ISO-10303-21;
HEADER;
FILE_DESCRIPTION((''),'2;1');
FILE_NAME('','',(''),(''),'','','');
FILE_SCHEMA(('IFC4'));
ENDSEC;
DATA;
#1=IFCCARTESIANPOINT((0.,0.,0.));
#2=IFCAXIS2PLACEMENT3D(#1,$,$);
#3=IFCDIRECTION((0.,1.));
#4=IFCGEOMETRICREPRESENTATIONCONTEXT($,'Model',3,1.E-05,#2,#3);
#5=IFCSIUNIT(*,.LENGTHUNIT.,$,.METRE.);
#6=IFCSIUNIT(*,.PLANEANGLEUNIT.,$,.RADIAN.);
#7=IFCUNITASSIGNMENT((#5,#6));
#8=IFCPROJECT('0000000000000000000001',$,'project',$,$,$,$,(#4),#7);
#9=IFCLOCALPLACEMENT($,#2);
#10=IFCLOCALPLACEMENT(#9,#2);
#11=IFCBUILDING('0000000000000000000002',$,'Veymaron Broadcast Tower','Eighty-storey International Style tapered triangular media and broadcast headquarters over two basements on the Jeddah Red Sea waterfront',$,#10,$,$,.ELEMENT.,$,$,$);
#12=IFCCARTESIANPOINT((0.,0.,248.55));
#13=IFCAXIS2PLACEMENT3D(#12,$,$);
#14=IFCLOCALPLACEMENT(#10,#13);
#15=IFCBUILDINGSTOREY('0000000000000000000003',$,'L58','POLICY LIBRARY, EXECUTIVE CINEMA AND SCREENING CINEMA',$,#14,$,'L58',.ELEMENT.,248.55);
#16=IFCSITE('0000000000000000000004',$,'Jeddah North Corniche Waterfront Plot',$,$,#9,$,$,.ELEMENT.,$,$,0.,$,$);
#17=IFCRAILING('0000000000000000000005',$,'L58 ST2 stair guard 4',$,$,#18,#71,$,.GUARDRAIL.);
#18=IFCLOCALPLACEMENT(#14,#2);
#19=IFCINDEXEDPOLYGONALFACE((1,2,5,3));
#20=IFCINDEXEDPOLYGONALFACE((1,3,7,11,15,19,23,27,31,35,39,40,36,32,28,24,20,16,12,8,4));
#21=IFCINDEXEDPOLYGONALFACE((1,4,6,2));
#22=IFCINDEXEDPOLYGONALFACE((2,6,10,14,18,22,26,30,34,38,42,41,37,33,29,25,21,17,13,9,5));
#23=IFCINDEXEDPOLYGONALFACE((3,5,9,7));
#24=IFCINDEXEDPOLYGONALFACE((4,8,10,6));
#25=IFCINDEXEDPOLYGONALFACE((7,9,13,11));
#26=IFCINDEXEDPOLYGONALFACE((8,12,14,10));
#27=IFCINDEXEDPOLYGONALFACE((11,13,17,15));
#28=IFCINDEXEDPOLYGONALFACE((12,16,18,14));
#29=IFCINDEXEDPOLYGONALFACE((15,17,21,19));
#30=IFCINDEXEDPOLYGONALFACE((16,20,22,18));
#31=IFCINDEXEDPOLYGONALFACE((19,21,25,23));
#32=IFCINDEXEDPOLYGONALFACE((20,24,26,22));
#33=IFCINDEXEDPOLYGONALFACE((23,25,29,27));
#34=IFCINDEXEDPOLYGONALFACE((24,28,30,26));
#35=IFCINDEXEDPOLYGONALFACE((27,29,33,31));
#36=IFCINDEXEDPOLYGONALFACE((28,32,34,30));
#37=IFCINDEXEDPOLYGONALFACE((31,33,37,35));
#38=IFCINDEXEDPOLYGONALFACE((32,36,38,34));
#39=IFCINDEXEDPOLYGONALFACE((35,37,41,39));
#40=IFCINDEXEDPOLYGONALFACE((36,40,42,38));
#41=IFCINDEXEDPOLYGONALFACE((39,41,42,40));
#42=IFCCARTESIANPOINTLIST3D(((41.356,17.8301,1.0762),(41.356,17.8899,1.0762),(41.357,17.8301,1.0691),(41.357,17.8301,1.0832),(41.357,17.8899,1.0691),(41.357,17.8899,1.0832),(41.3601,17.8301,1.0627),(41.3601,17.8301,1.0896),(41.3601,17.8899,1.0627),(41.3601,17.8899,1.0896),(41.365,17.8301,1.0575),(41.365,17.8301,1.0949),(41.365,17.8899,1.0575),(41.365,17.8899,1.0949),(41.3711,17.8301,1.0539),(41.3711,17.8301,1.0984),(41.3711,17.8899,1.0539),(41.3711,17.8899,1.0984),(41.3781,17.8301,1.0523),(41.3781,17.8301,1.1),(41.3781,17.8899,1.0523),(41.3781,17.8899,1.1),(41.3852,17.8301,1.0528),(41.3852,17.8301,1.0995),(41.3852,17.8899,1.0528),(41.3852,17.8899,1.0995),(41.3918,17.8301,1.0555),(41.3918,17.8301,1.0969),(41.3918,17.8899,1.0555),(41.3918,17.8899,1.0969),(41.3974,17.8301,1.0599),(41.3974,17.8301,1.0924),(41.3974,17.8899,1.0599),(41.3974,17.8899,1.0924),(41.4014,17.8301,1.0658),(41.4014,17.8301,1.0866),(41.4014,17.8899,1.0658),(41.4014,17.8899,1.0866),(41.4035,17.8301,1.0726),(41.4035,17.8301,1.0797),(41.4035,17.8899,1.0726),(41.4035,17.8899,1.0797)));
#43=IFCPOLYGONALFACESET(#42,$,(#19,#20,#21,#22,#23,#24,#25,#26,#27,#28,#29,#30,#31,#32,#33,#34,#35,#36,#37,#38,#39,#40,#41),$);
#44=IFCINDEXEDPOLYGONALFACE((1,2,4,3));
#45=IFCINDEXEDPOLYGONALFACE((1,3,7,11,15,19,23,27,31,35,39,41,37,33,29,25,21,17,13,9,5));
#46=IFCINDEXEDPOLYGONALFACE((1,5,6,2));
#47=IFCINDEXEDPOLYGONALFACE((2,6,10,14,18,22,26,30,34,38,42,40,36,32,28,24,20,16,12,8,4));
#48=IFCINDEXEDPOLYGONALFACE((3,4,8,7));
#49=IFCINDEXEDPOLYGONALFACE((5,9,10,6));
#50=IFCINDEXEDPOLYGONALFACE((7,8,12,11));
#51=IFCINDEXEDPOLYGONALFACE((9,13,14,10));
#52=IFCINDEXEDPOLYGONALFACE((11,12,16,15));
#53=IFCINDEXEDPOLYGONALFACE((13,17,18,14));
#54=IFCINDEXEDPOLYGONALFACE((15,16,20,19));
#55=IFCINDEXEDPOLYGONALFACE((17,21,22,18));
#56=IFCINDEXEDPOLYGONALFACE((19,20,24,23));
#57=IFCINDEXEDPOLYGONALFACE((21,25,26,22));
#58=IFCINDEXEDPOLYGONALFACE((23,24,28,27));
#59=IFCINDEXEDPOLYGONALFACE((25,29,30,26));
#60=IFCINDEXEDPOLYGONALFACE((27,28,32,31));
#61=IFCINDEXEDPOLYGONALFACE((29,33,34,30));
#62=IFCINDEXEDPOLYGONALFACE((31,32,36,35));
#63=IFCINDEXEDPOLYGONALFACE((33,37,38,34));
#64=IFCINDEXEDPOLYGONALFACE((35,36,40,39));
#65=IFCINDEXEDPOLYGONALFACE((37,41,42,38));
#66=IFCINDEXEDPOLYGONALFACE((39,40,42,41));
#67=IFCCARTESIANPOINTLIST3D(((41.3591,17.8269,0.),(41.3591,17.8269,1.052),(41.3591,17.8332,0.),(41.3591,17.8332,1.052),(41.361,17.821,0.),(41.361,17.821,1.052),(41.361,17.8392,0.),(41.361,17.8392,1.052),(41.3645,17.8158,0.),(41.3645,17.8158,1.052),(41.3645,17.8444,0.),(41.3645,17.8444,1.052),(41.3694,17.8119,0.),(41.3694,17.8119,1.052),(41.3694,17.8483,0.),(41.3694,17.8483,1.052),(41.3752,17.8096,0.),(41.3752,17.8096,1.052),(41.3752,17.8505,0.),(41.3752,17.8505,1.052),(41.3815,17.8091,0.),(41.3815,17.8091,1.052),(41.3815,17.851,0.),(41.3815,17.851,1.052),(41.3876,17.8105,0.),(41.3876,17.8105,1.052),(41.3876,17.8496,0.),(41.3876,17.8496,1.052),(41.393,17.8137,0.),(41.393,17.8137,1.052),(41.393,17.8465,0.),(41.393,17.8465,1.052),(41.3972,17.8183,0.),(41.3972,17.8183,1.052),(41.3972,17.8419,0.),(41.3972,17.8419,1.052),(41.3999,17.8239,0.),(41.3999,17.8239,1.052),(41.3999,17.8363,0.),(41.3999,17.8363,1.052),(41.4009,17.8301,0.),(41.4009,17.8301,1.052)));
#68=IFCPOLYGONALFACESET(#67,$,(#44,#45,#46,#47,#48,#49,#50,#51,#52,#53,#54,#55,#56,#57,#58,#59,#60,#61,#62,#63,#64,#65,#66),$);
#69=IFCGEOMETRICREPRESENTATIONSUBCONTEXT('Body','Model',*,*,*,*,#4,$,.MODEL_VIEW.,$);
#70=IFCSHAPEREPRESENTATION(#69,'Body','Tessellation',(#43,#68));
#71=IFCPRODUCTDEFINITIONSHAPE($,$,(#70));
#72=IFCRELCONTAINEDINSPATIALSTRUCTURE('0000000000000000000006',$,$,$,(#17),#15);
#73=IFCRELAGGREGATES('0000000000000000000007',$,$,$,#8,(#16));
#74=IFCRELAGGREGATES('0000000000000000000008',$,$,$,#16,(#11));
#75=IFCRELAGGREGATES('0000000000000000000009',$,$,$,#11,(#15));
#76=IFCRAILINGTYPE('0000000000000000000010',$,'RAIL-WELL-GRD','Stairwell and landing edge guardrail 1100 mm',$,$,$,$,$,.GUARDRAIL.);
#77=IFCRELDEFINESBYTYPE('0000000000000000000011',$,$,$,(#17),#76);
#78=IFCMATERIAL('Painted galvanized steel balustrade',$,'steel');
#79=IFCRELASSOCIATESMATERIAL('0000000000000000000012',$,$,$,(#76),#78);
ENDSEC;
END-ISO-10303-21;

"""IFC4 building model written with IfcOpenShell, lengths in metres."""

from ifc_helpers import new_model, si_unit, direction, frame, origin, origin_2d, place, context, subcontext, project, spatial, circle, extrude, material, type_object, element, save


model = new_model("IFC4")

# Units and contexts
model_context = context("Model", 3, precision=1e-05, world=origin(), true_north=direction((0.0, 1.0)))
body_context = subcontext(model_context, "Body", "Model", "MODEL_VIEW")
ifc_project = project(units=[si_unit("LENGTHUNIT", "METRE"), si_unit("PLANEANGLEUNIT", "RADIAN")], contexts=[model_context])

# Site, building, storey
site_placement = place(None, origin())
site = spatial("IfcSite", under=ifc_project, at=site_placement, Name="Jeddah North Corniche Waterfront Plot", CompositionType="ELEMENT", RefElevation=0.0)
building_placement = place(site_placement, origin())
building = spatial("IfcBuilding", under=site, at=building_placement, Name="Veymaron Broadcast Tower", Description="Eighty-storey International Style tapered triangular media and broadcast headquarters over two basements on the Jeddah Red Sea waterfront", CompositionType="ELEMENT")
storey_placement = place(building_placement, frame((0.0, 0.0, 248.55)))
storey = spatial("IfcBuildingStorey", under=building, at=storey_placement, Name="L58", Description="POLICY LIBRARY, EXECUTIVE CINEMA AND SCREENING CINEMA", LongName="L58", CompositionType="ELEMENT", Elevation=248.55)

# Railing
ifc_material_1 = material(Name="Painted galvanized steel balustrade", Category="steel")
railing_type_1 = type_object("IfcRailingType", Name="RAIL-WELL-GRD", Description="Stairwell and landing edge guardrail 1100 mm", PredefinedType="GUARDRAIL", material=ifc_material_1)
railing_1_placement = place(storey_placement, frame((41.3799, 17.8301, 0.0)))
element("IfcRailing", 1, at=railing_1_placement, inside=storey, type_object=railing_type_1, Name="L58 ST2 stair guard 4", PredefinedType="GUARDRAIL", context=body_context, shape_type="SweptSolid", body=[
    extrude(circle(Radius=0.0239, at=origin_2d()), frame((0.0, 0.0, 1.0762), z_axis=(0.0, 1.0, 0.0), x_axis=(-1.0, 0.0, 0.0)), (0.0, 0.0, 1.0), 0.0598),
    extrude(circle(Radius=0.021, at=origin_2d()), origin(), (0.0, 0.0, 1.0), 1.052),
])

save(model, "model.ifc")
